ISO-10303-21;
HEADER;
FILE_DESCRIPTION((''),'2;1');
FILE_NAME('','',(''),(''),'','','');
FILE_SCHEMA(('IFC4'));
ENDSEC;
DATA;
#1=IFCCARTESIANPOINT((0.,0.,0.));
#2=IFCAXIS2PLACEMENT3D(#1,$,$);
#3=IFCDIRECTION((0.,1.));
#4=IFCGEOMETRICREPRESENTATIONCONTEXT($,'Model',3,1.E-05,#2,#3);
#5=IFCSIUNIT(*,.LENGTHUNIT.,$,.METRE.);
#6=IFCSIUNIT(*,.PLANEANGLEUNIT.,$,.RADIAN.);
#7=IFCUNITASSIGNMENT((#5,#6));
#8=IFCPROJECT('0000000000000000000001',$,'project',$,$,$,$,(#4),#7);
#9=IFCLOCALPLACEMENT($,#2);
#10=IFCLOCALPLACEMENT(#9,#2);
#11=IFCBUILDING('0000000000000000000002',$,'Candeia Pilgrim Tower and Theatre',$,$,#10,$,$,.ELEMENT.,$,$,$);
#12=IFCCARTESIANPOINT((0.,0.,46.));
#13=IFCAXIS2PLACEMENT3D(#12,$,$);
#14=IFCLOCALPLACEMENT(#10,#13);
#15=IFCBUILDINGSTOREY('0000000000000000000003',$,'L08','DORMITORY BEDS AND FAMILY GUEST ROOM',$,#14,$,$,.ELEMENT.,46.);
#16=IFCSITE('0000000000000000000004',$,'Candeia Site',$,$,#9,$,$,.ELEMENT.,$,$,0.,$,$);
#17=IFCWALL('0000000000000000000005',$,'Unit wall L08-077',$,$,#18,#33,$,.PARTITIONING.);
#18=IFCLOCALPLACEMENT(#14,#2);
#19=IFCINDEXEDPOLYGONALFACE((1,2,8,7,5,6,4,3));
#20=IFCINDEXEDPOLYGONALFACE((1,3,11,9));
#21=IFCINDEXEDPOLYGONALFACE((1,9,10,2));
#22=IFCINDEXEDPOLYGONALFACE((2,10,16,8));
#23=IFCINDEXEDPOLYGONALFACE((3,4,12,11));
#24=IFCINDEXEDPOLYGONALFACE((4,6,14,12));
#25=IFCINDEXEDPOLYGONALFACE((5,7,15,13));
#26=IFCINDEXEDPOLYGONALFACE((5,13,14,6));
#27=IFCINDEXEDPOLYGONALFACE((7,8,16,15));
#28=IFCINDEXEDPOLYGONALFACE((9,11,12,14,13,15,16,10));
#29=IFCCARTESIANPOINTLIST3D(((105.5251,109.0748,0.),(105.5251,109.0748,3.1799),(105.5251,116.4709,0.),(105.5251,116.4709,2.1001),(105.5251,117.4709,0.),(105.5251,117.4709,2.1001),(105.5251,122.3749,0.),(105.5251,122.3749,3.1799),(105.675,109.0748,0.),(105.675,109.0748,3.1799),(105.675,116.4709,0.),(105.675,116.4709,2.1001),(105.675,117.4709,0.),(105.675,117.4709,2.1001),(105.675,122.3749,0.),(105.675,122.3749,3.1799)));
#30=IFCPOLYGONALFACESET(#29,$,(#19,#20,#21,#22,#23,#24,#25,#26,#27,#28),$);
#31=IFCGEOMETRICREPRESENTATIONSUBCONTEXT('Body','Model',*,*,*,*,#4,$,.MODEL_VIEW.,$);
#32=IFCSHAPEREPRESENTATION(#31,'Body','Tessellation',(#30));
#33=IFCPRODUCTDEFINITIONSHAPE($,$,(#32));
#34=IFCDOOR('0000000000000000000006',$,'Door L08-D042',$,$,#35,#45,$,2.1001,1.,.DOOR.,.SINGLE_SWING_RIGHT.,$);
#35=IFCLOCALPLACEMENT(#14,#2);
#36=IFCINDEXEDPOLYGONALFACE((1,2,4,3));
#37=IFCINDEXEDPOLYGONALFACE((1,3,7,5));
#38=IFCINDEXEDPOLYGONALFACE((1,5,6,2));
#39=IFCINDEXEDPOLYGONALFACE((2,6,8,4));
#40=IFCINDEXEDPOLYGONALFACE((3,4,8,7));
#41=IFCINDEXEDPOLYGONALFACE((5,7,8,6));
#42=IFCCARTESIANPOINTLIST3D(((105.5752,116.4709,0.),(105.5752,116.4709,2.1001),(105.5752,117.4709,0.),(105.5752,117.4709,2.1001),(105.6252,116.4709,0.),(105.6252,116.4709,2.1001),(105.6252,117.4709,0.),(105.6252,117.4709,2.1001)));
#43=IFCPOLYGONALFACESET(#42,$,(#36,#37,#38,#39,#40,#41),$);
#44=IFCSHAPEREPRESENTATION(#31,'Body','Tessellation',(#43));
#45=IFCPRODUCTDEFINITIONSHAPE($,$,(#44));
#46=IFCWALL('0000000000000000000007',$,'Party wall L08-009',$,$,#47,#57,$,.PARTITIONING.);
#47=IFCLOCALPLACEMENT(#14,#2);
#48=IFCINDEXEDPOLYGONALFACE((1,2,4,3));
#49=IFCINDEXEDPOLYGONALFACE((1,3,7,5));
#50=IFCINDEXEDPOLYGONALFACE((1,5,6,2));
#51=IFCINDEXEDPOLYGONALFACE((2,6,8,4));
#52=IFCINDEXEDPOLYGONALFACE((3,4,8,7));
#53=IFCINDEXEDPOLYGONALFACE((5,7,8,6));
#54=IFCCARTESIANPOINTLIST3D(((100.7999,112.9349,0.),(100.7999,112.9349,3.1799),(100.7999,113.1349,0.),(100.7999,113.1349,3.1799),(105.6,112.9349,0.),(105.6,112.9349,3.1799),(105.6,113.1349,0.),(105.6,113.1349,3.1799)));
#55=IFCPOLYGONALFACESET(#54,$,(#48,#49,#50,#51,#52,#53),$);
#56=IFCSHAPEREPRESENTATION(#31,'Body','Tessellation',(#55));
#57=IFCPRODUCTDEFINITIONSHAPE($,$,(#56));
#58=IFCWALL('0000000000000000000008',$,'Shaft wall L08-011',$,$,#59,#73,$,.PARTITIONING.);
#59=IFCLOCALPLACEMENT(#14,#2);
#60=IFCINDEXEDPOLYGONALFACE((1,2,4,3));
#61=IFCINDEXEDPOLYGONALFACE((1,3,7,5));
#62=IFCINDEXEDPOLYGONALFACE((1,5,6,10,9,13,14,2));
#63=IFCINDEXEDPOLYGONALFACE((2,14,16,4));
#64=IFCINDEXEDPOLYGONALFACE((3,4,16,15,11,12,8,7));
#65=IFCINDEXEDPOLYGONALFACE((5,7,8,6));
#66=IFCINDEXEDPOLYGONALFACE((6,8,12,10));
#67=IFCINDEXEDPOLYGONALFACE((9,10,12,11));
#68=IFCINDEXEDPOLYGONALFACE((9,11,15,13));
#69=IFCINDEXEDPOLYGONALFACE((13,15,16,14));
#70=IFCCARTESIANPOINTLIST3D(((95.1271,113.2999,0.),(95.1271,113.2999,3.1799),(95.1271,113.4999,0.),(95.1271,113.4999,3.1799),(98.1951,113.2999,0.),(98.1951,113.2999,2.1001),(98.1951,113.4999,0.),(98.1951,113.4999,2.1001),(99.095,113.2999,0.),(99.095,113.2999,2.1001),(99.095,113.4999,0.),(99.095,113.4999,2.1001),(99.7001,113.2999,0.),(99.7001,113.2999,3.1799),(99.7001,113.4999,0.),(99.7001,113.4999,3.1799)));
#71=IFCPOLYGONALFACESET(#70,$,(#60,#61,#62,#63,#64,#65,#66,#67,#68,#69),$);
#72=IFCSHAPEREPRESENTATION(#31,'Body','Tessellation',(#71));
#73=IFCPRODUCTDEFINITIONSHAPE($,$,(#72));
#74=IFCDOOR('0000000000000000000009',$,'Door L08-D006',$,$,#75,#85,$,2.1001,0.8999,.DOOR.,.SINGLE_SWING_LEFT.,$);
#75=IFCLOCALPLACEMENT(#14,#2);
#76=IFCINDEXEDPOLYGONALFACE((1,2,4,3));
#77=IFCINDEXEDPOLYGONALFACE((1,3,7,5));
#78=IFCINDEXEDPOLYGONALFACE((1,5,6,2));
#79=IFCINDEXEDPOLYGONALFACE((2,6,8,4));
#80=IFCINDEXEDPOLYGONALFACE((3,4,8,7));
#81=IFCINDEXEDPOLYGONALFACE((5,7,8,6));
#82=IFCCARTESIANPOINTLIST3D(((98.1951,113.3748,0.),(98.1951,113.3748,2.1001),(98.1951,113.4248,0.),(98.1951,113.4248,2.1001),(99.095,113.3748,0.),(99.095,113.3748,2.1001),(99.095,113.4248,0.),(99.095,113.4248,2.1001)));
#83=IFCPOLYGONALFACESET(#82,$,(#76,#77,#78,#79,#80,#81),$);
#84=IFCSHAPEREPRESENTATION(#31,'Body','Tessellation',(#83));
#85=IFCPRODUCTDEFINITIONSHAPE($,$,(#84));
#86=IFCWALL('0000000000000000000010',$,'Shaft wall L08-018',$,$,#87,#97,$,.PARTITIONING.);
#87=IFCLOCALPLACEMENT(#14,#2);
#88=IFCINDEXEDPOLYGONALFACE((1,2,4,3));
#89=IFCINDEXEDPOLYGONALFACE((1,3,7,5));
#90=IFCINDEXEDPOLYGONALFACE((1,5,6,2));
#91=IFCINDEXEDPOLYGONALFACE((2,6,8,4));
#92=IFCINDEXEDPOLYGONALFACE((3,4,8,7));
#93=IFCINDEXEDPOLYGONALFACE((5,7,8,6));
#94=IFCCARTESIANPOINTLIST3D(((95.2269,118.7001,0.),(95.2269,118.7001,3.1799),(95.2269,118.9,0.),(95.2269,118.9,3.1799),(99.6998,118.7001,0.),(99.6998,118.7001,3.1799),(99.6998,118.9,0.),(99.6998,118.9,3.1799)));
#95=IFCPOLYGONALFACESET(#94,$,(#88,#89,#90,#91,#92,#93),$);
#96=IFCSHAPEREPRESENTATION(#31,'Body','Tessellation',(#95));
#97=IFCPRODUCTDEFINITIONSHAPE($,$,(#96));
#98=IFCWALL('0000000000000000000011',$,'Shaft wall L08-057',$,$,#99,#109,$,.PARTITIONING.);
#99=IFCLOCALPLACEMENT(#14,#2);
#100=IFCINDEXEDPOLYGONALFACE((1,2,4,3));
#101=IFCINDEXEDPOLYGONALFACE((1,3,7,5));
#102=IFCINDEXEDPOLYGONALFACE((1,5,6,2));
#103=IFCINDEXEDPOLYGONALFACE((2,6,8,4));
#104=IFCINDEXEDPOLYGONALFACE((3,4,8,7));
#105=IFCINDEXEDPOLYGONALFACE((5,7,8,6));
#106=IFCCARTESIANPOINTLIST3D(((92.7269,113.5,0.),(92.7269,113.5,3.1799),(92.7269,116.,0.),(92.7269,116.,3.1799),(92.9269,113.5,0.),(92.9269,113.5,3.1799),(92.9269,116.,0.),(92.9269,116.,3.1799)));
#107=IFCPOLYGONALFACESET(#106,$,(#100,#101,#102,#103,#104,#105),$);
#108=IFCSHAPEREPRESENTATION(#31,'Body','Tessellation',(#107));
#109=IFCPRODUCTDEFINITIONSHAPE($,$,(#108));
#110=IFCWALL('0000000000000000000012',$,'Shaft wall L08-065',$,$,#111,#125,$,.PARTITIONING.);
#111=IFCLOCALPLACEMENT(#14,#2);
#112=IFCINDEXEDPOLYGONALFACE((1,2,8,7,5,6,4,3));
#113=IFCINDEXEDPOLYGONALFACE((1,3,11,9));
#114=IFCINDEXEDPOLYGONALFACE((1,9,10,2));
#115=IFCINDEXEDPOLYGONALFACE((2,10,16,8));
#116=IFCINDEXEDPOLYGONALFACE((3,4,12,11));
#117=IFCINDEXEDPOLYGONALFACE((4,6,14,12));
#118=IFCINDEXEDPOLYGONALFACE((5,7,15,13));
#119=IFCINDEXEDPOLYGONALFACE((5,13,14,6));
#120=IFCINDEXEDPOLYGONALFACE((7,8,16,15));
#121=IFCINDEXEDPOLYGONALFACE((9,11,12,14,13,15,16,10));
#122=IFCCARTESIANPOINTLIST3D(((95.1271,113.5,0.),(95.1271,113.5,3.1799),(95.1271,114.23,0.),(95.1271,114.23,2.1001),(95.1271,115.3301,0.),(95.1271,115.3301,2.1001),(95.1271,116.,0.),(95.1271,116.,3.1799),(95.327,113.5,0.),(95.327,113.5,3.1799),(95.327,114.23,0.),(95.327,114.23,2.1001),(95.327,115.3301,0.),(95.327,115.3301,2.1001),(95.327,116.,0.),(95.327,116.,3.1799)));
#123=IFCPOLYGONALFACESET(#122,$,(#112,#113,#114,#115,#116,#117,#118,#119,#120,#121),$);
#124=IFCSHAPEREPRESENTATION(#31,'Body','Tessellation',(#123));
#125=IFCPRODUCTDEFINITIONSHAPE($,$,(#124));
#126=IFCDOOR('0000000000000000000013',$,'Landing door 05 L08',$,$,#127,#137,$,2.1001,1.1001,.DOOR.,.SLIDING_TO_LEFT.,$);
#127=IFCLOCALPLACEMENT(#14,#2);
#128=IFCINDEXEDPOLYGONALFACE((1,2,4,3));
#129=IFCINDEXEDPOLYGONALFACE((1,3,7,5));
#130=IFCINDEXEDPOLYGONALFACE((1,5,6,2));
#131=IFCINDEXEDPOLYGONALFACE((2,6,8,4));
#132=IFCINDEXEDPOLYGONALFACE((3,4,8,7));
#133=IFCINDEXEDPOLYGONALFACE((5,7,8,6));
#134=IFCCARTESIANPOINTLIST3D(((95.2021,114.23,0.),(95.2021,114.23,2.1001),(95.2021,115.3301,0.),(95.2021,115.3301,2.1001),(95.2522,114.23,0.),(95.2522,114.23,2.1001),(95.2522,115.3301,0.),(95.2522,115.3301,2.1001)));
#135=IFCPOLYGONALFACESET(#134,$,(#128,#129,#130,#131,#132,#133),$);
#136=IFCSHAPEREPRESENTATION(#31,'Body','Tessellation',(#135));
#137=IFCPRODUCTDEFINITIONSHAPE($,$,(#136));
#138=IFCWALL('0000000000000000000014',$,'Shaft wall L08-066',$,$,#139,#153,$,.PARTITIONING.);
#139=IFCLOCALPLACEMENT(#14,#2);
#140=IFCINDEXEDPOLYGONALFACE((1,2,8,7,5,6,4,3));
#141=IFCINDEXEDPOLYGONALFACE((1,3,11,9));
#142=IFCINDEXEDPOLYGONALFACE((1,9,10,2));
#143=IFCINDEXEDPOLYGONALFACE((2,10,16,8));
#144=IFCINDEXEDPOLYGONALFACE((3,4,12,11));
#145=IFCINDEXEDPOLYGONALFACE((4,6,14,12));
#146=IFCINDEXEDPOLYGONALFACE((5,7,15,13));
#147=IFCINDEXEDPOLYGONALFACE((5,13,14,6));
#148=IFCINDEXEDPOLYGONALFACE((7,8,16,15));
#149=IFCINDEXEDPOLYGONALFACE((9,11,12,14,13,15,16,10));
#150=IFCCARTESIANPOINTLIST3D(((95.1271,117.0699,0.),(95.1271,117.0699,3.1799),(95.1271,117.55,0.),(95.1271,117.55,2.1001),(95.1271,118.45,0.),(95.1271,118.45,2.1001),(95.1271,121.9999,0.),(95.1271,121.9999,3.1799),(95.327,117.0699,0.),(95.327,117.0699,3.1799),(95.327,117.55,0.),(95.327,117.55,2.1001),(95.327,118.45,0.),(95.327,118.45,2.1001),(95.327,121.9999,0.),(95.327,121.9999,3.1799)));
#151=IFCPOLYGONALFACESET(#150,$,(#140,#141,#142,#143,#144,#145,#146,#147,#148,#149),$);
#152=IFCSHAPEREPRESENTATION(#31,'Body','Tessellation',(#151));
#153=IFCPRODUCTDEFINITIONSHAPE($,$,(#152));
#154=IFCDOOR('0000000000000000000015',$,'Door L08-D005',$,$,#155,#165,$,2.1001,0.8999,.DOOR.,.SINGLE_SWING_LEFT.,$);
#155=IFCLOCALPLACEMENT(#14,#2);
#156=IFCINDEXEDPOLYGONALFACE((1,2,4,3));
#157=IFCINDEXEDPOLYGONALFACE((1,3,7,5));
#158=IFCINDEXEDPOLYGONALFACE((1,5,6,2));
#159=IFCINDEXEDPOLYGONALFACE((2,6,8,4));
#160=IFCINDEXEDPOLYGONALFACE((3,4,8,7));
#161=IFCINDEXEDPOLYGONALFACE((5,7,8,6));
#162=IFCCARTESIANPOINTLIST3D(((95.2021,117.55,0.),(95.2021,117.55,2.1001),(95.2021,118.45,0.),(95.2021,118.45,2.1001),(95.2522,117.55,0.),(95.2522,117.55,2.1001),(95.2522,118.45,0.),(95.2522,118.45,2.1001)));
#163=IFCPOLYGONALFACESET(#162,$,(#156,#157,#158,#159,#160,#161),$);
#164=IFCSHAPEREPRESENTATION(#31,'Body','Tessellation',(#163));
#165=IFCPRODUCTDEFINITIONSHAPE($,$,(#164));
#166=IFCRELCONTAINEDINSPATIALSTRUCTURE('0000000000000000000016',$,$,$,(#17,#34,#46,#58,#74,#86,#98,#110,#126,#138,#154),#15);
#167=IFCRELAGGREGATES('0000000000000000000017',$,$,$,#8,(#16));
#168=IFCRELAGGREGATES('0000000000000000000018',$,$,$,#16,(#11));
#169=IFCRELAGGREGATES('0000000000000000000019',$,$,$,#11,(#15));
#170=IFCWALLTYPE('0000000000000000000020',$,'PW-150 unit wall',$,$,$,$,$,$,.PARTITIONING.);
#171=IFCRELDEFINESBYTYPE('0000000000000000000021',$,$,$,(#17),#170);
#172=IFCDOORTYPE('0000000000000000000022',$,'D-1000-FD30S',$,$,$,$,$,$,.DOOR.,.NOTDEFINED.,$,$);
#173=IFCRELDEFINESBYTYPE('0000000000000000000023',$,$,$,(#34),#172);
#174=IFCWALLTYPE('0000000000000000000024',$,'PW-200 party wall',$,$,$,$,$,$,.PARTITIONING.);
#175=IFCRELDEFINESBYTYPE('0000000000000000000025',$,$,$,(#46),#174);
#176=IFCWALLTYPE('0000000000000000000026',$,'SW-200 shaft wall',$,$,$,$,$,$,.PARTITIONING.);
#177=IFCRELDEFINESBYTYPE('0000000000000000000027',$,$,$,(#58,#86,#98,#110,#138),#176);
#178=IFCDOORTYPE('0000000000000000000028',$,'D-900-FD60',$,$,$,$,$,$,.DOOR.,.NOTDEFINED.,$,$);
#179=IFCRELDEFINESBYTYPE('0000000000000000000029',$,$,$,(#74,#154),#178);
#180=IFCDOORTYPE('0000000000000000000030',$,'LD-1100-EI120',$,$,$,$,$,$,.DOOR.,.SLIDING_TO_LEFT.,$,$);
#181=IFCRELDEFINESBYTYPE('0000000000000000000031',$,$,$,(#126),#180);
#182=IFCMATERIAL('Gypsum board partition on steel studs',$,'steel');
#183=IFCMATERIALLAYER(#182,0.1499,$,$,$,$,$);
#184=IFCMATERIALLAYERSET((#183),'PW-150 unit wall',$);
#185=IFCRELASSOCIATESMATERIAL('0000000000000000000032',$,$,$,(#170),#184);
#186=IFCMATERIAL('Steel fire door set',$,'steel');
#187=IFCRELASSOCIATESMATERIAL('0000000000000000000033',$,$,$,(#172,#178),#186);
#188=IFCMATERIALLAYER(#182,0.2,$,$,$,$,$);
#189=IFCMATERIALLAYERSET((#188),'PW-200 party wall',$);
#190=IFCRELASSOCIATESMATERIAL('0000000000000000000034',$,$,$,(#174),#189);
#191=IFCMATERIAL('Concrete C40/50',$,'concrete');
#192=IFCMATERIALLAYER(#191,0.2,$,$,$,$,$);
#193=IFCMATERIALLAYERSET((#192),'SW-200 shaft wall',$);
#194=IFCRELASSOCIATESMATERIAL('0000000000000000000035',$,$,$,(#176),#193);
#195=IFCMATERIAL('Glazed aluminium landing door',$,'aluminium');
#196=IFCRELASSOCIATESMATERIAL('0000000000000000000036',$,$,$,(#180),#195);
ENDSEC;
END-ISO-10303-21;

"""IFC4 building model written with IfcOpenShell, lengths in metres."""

from ifc_helpers import new_model, si_unit, direction, frame, frame_2d, origin, place, context, subcontext, project, spatial, rectangle, extrude, material, layer, layer_set, type_object, element, fill, save


model = new_model("IFC4")

# Units and contexts
model_context = context("Model", 3, precision=1e-05, world=origin(), true_north=direction((0.0, 1.0)))
body_context = subcontext(model_context, "Body", "Model", "MODEL_VIEW")
ifc_project = project(units=[si_unit("LENGTHUNIT", "METRE"), si_unit("PLANEANGLEUNIT", "RADIAN")], contexts=[model_context])

# Site, building, storey
site_placement = place(None, origin())
site = spatial("IfcSite", under=ifc_project, at=site_placement, Name="Candeia Site", CompositionType="ELEMENT", RefElevation=0.0)
building_placement = place(site_placement, origin())
building = spatial("IfcBuilding", under=site, at=building_placement, Name="Candeia Pilgrim Tower and Theatre", CompositionType="ELEMENT")
storey_placement = place(building_placement, frame((0.0, 0.0, 46.0)))
storey = spatial("IfcBuildingStorey", under=building, at=storey_placement, Name="L08", Description="DORMITORY BEDS AND FAMILY GUEST ROOM", CompositionType="ELEMENT", Elevation=46.0)

# Shared definitions
ifc_material_1 = material(Name="Steel fire door set", Category="steel")

# Shared definitions
ifc_material_2 = material(Name="Gypsum board partition on steel studs", Category="steel")

# Shared definitions
ifc_layer_1 = layer(ifc_material_2, 0.1499)
ifc_layer_set_1 = layer_set([ifc_layer_1], Name="PW-150 unit wall")
wall_type_1 = type_object("IfcWallType", Name="PW-150 unit wall", PredefinedType="PARTITIONING", material=ifc_layer_set_1)
door_type_1 = type_object("IfcDoorType", Name="D-1000-FD30S", OperationType="NOTDEFINED", PredefinedType="DOOR", material=ifc_material_1)

# Wall, opening, door
wall_1_placement = place(storey_placement, frame((105.6001, 109.075, 0.0), z_axis=(0.0, 0.0, 1.0), x_axis=(0.0, 1.0, 0.0)))
wall_1 = element("IfcWall", 1, at=wall_1_placement, inside=storey, type_object=wall_type_1, Name="Unit wall L08-077", PredefinedType="PARTITIONING", context=body_context, shape_type="SweptSolid", body=[
    extrude(rectangle(XDim=13.3, YDim=0.1499, at=frame_2d((6.6499, 0.0))), origin(), (0.0, 0.0, 1.0), 3.1799),
])
opening_1_placement = place(wall_1_placement, frame((7.396, 0.0, 0.0)))
opening_1 = element("IfcOpeningElement", 2, at=opening_1_placement, cuts=wall_1, PredefinedType="OPENING", context=body_context, shape_type="SweptSolid", body=[
    extrude(rectangle(XDim=1.0, YDim=2.1001, at=frame_2d((0.5, 1.05))), frame((0.0, 0.085, 0.0), z_axis=(0.0, -1.0, 0.0), x_axis=(1.0, 0.0, 0.0)), (0.0, 0.0, 1.0), 0.1699),
])
door_1_placement = place(opening_1_placement, origin())
door_1 = element("IfcDoor", 3, at=door_1_placement, inside=storey, type_object=door_type_1, Name="Door L08-D042", OperationType="SINGLE_SWING_RIGHT", OverallHeight=2.1001, OverallWidth=1.0, PredefinedType="DOOR", context=body_context, shape_type="SweptSolid", body=[
    extrude(rectangle(XDim=1.0, YDim=2.1001, at=frame_2d((0.5, 1.05))), frame((0.0, 0.0249, 0.0), z_axis=(0.0, -1.0, 0.0), x_axis=(1.0, 0.0, 0.0)), (0.0, 0.0, 1.0), 0.05),
])
fill(opening_1, door_1)

# Wall
ifc_layer_2 = layer(ifc_material_2, 0.2)
ifc_layer_set_2 = layer_set([ifc_layer_2], Name="PW-200 party wall")
wall_type_2 = type_object("IfcWallType", Name="PW-200 party wall", PredefinedType="PARTITIONING", material=ifc_layer_set_2)
wall_2_placement = place(storey_placement, frame((100.8, 113.0349, 0.0), z_axis=(0.0, 0.0, 1.0), x_axis=(1.0, 0.0, 0.0)))
element("IfcWall", 4, at=wall_2_placement, inside=storey, type_object=wall_type_2, Name="Party wall L08-009", PredefinedType="PARTITIONING", context=body_context, shape_type="SweptSolid", body=[
    extrude(rectangle(XDim=4.8, YDim=0.2, at=frame_2d((2.3999, 0.0))), origin(), (0.0, 0.0, 1.0), 3.1799),
])

# Wall, opening, door
ifc_material_3 = material(Name="Concrete C40/50", Category="concrete")
ifc_layer_3 = layer(ifc_material_3, 0.2)
ifc_layer_set_3 = layer_set([ifc_layer_3], Name="SW-200 shaft wall")
wall_type_3 = type_object("IfcWallType", Name="SW-200 shaft wall", PredefinedType="PARTITIONING", material=ifc_layer_set_3)
wall_3_placement = place(storey_placement, frame((95.127, 113.3999, 0.0), z_axis=(0.0, 0.0, 1.0), x_axis=(1.0, 0.0, 0.0)))
wall_3 = element("IfcWall", 5, at=wall_3_placement, inside=storey, type_object=wall_type_3, Name="Shaft wall L08-011", PredefinedType="PARTITIONING", context=body_context, shape_type="SweptSolid", body=[
    extrude(rectangle(XDim=4.573, YDim=0.2, at=frame_2d((2.2866, 0.0))), origin(), (0.0, 0.0, 1.0), 3.1799),
])
opening_2_placement = place(wall_3_placement, frame((3.0681, 0.0, 0.0)))
opening_2 = element("IfcOpeningElement", 6, at=opening_2_placement, cuts=wall_3, PredefinedType="OPENING", context=body_context, shape_type="SweptSolid", body=[
    extrude(rectangle(XDim=0.8999, YDim=2.1001, at=frame_2d((0.45, 1.05))), frame((0.0, 0.1099, 0.0), z_axis=(0.0, -1.0, 0.0), x_axis=(1.0, 0.0, 0.0)), (0.0, 0.0, 1.0), 0.22),
])
door_type_2 = type_object("IfcDoorType", Name="D-900-FD60", OperationType="NOTDEFINED", PredefinedType="DOOR", material=ifc_material_1)
door_2_placement = place(opening_2_placement, origin())
door_2 = element("IfcDoor", 7, at=door_2_placement, inside=storey, type_object=door_type_2, Name="Door L08-D006", OperationType="SINGLE_SWING_LEFT", OverallHeight=2.1001, OverallWidth=0.8999, PredefinedType="DOOR", context=body_context, shape_type="SweptSolid", body=[
    extrude(rectangle(XDim=0.8999, YDim=2.1001, at=frame_2d((0.45, 1.05))), frame((0.0, 0.0249, 0.0), z_axis=(0.0, -1.0, 0.0), x_axis=(1.0, 0.0, 0.0)), (0.0, 0.0, 1.0), 0.05),
])
fill(opening_2, door_2)

# Walls
wall_4_placement = place(storey_placement, frame((95.2271, 118.8, 0.0), z_axis=(0.0, 0.0, 1.0), x_axis=(1.0, 0.0, 0.0)))
element("IfcWall", 8, at=wall_4_placement, inside=storey, type_object=wall_type_3, Name="Shaft wall L08-018", PredefinedType="PARTITIONING", context=body_context, shape_type="SweptSolid", body=[
    extrude(rectangle(XDim=4.4729, YDim=0.2, at=frame_2d((2.2363, 0.0))), origin(), (0.0, 0.0, 1.0), 3.1799),
])
wall_5_placement = place(storey_placement, frame((92.8269, 113.5, 0.0), z_axis=(0.0, 0.0, 1.0), x_axis=(0.0, 1.0, 0.0)))
element("IfcWall", 9, at=wall_5_placement, inside=storey, type_object=wall_type_3, Name="Shaft wall L08-057", PredefinedType="PARTITIONING", context=body_context, shape_type="SweptSolid", body=[
    extrude(rectangle(XDim=2.5, YDim=0.2, at=frame_2d((1.25, 0.0))), origin(), (0.0, 0.0, 1.0), 3.1799),
])

# Walls, openings, doors
wall_6_placement = place(storey_placement, frame((95.2271, 113.5, 0.0), z_axis=(0.0, 0.0, 1.0), x_axis=(0.0, 1.0, 0.0)))
wall_6 = element("IfcWall", 10, at=wall_6_placement, inside=storey, type_object=wall_type_3, Name="Shaft wall L08-065", PredefinedType="PARTITIONING", context=body_context, shape_type="SweptSolid", body=[
    extrude(rectangle(XDim=2.5, YDim=0.2, at=frame_2d((1.25, 0.0))), origin(), (0.0, 0.0, 1.0), 3.1799),
])
opening_3_placement = place(wall_6_placement, frame((0.73, 0.0, 0.0)))
opening_3 = element("IfcOpeningElement", 11, at=opening_3_placement, cuts=wall_6, PredefinedType="OPENING", context=body_context, shape_type="SweptSolid", body=[
    extrude(rectangle(XDim=1.1001, YDim=2.1001, at=frame_2d((0.55, 1.05))), frame((0.0, 0.1099, 0.0), z_axis=(0.0, -1.0, 0.0), x_axis=(1.0, 0.0, 0.0)), (0.0, 0.0, 1.0), 0.22),
])
ifc_material_4 = material(Name="Glazed aluminium landing door", Category="aluminium")
door_type_3 = type_object("IfcDoorType", Name="LD-1100-EI120", OperationType="SLIDING_TO_LEFT", PredefinedType="DOOR", material=ifc_material_4)
door_3_placement = place(opening_3_placement, origin())
door_3 = element("IfcDoor", 12, at=door_3_placement, inside=storey, type_object=door_type_3, Name="Landing door 05 L08", OperationType="SLIDING_TO_LEFT", OverallHeight=2.1001, OverallWidth=1.1001, PredefinedType="DOOR", context=body_context, shape_type="SweptSolid", body=[
    extrude(rectangle(XDim=1.1001, YDim=2.1001, at=frame_2d((0.55, 1.05))), frame((0.0, 0.0249, 0.0), z_axis=(0.0, -1.0, 0.0), x_axis=(1.0, 0.0, 0.0)), (0.0, 0.0, 1.0), 0.05),
])
fill(opening_3, door_3)
wall_7_placement = place(storey_placement, frame((95.2271, 117.0701, 0.0), z_axis=(0.0, 0.0, 1.0), x_axis=(0.0, 1.0, 0.0)))
wall_7 = element("IfcWall", 13, at=wall_7_placement, inside=storey, type_object=wall_type_3, Name="Shaft wall L08-066", PredefinedType="PARTITIONING", context=body_context, shape_type="SweptSolid", body=[
    extrude(rectangle(XDim=4.9299, YDim=0.2, at=frame_2d((2.4648, 0.0))), origin(), (0.0, 0.0, 1.0), 3.1799),
])
opening_4_placement = place(wall_7_placement, frame((0.48, 0.0, 0.0)))
opening_4 = element("IfcOpeningElement", 14, at=opening_4_placement, cuts=wall_7, PredefinedType="OPENING", context=body_context, shape_type="SweptSolid", body=[
    extrude(rectangle(XDim=0.8999, YDim=2.1001, at=frame_2d((0.45, 1.05))), frame((0.0, 0.1099, 0.0), z_axis=(0.0, -1.0, 0.0), x_axis=(1.0, 0.0, 0.0)), (0.0, 0.0, 1.0), 0.22),
])
door_4_placement = place(opening_4_placement, origin())
door_4 = element("IfcDoor", 15, at=door_4_placement, inside=storey, type_object=door_type_2, Name="Door L08-D005", OperationType="SINGLE_SWING_LEFT", OverallHeight=2.1001, OverallWidth=0.8999, PredefinedType="DOOR", context=body_context, shape_type="SweptSolid", body=[
    extrude(rectangle(XDim=0.8999, YDim=2.1001, at=frame_2d((0.45, 1.05))), frame((0.0, 0.0249, 0.0), z_axis=(0.0, -1.0, 0.0), x_axis=(1.0, 0.0, 0.0)), (0.0, 0.0, 1.0), 0.05),
])
fill(opening_4, door_4)

save(model, "model.ifc")
